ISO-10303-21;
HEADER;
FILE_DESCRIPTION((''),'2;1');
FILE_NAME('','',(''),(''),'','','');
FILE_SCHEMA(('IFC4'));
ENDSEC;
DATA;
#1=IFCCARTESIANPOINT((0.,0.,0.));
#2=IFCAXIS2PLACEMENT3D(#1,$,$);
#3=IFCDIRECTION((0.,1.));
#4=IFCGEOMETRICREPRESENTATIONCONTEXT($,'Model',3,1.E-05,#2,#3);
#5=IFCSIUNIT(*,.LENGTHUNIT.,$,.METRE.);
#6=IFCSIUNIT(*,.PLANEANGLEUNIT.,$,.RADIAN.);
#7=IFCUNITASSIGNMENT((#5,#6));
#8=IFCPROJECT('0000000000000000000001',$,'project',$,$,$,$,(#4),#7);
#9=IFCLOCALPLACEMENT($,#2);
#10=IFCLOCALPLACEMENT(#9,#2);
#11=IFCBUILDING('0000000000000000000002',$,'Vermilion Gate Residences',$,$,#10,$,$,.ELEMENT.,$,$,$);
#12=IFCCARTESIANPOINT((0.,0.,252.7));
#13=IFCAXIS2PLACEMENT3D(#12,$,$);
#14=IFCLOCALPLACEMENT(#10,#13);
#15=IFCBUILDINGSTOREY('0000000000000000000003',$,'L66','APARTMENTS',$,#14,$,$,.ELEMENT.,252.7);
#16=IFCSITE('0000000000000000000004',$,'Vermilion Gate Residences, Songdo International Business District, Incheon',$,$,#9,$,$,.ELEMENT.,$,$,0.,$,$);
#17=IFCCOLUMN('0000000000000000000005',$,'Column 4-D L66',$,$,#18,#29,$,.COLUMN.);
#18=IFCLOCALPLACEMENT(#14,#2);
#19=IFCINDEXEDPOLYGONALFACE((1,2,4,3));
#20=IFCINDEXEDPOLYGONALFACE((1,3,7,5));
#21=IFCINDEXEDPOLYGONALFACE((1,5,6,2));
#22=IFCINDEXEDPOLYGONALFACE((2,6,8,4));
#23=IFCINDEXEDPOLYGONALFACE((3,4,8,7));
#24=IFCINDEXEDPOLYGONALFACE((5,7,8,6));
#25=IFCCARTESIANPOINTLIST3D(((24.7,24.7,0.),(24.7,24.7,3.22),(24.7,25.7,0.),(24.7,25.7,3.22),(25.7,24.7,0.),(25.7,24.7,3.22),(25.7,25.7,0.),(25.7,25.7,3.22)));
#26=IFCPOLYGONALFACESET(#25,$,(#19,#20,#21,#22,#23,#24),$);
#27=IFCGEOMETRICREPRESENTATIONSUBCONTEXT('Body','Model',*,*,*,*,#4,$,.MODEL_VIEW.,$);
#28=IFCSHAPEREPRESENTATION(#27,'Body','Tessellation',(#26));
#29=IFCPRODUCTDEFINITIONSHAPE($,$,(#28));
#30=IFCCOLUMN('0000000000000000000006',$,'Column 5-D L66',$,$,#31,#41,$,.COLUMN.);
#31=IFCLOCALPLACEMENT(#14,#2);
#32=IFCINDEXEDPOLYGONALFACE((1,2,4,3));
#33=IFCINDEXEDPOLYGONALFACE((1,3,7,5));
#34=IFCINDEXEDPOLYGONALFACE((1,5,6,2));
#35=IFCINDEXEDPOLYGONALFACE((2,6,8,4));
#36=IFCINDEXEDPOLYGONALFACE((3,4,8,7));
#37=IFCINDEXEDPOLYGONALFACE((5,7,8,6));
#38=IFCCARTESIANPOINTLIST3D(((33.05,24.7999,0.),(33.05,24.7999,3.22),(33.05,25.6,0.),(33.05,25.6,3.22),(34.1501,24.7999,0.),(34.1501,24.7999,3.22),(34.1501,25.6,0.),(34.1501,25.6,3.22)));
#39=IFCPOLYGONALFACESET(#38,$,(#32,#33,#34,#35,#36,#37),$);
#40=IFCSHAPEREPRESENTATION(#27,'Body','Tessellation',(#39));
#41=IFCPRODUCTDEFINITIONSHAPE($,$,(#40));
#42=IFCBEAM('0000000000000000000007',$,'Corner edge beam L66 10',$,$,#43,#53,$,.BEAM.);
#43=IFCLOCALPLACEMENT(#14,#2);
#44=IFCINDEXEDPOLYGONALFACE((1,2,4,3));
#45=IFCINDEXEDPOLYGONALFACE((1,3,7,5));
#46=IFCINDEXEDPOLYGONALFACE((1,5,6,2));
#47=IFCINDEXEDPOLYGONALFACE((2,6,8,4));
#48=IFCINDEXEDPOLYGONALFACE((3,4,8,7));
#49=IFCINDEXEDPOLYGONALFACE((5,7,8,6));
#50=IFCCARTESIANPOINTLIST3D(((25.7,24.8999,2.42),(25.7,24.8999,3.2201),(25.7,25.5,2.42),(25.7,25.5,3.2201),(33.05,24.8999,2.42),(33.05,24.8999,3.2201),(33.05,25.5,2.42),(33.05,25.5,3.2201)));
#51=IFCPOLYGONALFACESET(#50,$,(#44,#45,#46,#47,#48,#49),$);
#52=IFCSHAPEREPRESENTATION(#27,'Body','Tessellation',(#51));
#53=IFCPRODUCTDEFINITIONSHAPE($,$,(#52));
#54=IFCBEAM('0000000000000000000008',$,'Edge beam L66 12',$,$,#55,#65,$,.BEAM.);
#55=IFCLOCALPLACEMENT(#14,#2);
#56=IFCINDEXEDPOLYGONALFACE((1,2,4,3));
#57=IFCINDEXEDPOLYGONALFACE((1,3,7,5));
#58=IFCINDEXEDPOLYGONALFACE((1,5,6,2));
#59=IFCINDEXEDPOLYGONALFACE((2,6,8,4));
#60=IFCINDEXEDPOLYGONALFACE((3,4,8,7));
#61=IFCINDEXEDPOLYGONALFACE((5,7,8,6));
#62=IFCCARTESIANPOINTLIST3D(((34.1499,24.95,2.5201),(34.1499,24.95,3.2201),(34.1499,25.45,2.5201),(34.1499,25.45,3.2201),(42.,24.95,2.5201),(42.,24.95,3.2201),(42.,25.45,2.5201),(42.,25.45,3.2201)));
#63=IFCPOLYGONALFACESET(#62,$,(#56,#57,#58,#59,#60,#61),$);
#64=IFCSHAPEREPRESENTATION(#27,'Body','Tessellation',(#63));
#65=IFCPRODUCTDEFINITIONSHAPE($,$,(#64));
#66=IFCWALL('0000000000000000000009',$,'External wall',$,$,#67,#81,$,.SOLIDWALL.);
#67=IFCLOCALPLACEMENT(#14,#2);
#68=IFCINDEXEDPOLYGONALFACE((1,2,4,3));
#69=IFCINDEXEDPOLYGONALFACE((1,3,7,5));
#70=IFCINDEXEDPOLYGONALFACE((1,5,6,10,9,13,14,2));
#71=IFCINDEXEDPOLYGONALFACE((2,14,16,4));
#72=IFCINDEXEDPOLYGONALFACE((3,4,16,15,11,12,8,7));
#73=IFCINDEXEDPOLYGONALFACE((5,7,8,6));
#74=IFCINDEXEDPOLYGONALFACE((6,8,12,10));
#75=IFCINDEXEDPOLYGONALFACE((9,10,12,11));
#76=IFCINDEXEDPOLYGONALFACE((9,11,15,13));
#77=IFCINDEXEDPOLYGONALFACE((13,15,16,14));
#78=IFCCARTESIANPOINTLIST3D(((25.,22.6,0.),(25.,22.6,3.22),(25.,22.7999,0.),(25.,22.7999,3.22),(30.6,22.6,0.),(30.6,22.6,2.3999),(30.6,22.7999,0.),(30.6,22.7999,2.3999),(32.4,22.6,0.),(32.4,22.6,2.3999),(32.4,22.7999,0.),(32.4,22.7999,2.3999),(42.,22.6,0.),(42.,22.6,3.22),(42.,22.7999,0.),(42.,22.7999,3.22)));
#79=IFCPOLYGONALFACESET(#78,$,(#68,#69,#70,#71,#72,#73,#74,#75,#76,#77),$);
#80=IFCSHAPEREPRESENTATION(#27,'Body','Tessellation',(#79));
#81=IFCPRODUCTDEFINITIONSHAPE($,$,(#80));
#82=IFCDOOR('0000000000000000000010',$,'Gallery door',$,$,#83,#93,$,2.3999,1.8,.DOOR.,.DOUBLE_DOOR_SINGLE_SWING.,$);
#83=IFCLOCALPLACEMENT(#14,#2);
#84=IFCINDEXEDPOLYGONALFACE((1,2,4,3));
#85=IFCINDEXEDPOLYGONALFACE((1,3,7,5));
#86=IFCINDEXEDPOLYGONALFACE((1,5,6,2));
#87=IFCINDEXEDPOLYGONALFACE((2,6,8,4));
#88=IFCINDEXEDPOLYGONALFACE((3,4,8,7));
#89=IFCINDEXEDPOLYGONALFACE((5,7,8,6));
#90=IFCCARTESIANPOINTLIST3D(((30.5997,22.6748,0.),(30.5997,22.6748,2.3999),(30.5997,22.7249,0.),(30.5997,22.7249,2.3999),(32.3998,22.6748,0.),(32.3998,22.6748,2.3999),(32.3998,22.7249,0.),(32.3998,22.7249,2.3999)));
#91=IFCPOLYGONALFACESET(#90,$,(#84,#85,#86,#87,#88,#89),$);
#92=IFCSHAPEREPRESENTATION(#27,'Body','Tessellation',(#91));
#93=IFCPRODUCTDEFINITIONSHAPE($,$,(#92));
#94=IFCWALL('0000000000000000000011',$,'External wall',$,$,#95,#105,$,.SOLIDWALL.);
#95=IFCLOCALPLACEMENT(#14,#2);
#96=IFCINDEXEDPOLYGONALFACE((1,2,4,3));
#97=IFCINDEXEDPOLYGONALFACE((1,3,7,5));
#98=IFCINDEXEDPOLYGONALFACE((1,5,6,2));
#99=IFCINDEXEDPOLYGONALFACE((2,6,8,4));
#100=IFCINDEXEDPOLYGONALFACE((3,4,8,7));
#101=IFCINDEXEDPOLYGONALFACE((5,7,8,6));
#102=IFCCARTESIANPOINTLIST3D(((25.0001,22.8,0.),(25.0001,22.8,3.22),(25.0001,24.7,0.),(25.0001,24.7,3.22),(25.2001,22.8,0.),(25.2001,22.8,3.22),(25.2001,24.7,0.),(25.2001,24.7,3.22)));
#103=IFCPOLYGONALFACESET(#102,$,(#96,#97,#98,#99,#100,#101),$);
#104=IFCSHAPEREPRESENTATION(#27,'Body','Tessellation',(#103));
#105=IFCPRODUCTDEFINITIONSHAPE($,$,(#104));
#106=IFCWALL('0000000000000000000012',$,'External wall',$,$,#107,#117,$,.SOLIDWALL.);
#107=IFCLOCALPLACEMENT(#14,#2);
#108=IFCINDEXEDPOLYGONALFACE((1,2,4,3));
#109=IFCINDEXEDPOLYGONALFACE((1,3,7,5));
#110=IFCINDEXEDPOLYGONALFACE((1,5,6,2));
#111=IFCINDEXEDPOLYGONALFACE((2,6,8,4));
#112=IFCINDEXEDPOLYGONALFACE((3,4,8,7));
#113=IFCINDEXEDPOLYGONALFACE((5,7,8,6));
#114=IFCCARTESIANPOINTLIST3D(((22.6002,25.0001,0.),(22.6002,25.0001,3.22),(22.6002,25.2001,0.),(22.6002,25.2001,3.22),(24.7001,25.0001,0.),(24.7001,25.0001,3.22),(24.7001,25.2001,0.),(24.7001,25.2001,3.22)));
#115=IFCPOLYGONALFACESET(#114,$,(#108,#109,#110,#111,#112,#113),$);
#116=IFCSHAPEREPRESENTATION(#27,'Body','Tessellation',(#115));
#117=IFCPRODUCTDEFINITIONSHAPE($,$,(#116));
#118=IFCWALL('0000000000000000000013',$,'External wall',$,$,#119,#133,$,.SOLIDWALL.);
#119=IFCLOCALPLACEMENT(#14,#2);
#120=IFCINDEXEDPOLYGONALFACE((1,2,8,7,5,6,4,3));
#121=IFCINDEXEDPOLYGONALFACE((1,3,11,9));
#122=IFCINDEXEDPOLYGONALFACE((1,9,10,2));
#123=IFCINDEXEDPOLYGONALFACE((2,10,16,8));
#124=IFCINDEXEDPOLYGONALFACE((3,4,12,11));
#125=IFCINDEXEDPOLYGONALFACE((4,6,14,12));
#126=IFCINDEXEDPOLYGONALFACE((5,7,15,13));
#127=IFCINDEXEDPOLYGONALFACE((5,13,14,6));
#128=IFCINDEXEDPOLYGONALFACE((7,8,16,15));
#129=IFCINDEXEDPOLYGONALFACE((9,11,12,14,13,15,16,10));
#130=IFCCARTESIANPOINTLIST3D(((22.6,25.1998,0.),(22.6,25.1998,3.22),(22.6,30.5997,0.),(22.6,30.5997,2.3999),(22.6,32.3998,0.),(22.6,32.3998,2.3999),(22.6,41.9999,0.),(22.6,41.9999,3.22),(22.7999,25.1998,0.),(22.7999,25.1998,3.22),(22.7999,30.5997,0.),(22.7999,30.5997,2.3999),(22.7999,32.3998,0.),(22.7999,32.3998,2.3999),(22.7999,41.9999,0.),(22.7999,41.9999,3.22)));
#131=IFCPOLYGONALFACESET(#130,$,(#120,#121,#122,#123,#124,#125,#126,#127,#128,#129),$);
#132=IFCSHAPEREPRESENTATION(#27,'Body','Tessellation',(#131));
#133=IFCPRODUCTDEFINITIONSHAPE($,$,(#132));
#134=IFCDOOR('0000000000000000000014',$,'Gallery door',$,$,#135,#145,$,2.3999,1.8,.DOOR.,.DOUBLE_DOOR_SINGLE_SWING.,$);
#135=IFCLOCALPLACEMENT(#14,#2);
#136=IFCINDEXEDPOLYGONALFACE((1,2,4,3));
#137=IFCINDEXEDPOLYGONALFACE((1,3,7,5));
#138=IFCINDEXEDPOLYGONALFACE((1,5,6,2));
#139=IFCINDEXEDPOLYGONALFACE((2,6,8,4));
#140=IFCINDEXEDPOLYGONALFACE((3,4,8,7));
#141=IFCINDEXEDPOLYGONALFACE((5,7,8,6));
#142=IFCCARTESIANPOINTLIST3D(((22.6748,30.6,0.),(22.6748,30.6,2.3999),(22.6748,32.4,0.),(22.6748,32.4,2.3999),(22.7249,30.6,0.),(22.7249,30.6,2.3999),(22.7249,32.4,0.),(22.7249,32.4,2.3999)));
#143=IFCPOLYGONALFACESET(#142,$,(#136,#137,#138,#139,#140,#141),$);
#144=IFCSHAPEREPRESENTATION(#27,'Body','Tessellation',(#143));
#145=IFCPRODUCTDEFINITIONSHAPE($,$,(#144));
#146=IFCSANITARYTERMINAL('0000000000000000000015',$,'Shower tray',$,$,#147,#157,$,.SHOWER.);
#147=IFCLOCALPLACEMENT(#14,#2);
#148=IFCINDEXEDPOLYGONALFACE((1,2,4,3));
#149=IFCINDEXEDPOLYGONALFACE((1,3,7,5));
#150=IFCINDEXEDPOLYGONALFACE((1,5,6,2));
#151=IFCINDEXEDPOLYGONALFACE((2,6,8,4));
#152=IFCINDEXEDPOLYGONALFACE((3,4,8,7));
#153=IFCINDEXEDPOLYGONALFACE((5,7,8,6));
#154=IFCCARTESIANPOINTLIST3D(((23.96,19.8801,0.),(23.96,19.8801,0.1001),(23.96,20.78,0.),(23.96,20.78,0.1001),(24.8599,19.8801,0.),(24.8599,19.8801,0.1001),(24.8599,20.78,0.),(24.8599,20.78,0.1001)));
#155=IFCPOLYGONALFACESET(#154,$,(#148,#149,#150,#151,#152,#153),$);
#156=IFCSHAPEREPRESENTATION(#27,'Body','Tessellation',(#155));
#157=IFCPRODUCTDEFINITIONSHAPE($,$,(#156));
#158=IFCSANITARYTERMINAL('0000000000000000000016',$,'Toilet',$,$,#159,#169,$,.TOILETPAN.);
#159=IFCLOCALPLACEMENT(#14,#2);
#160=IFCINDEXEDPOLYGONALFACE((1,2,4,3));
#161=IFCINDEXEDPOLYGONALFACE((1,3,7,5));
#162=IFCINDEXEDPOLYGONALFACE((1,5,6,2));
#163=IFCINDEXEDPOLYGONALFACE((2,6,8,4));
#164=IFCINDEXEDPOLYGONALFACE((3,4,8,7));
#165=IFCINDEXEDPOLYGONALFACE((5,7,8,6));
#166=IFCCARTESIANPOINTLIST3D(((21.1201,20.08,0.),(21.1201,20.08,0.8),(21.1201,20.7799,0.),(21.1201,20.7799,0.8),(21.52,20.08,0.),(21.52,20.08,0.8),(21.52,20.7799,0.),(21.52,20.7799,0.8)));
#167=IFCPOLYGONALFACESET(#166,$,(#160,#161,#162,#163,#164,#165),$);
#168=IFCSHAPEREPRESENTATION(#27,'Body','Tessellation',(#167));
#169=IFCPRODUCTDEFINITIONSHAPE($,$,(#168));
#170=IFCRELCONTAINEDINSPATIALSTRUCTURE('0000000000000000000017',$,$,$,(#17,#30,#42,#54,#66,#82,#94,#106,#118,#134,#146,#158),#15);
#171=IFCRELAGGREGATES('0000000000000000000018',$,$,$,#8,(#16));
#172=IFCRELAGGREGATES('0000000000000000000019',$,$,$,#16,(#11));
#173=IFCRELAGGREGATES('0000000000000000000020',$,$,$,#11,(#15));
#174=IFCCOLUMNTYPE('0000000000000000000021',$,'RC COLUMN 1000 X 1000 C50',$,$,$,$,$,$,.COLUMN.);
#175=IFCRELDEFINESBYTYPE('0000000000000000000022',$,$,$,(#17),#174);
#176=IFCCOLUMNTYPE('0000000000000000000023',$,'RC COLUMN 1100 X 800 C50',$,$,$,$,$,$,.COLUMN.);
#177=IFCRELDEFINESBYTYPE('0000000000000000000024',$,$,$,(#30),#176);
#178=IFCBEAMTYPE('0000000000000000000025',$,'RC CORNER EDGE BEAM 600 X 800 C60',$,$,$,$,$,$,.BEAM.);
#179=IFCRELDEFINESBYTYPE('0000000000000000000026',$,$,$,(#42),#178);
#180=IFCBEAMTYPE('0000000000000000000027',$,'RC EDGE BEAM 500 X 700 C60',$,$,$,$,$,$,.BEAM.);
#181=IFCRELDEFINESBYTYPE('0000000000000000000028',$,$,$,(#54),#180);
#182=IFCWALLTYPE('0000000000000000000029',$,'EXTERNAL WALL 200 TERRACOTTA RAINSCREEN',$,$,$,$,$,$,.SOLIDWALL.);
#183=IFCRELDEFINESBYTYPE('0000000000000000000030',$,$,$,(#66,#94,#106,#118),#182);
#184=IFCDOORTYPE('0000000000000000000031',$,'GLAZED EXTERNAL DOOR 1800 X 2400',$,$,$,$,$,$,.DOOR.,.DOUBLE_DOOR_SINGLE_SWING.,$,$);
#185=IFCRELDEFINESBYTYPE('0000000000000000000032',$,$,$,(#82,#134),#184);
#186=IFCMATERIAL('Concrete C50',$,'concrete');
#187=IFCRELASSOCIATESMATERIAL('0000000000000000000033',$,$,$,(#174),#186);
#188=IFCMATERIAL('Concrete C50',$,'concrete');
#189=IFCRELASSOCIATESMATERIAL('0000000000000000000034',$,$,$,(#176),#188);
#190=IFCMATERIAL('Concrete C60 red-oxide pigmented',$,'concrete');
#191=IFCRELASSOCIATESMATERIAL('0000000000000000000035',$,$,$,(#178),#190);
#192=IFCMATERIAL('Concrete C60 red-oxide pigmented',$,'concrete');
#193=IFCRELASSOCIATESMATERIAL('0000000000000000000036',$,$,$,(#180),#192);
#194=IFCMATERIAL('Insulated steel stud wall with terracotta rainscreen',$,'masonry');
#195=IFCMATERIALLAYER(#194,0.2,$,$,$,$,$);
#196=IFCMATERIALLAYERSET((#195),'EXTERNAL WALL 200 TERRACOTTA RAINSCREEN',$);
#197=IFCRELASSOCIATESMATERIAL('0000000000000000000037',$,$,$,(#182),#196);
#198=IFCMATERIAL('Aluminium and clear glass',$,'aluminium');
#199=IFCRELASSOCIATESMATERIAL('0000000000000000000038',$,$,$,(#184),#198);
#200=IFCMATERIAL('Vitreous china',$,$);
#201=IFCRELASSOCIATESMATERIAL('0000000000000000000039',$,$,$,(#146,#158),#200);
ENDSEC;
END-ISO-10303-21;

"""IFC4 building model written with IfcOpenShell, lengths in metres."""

from ifc_helpers import new_model, si_unit, direction, frame, frame_2d, origin, origin_2d, place, context, subcontext, project, spatial, rectangle, extrude, material, layer, layer_set, material_profile, profile_set, type_object, element, fill, save


model = new_model("IFC4")

# Units and contexts
model_context = context("Model", 3, precision=1e-05, world=origin(), true_north=direction((0.0, 1.0)))
body_context = subcontext(model_context, "Body", "Model", "MODEL_VIEW")
ifc_project = project(units=[si_unit("LENGTHUNIT", "METRE"), si_unit("PLANEANGLEUNIT", "RADIAN")], contexts=[model_context])

# Site, building, storey
site_placement = place(None, origin())
site = spatial("IfcSite", under=ifc_project, at=site_placement, Name="Vermilion Gate Residences, Songdo International Business District, Incheon", CompositionType="ELEMENT", RefElevation=0.0)
building_placement = place(site_placement, origin())
building = spatial("IfcBuilding", under=site, at=building_placement, Name="Vermilion Gate Residences", CompositionType="ELEMENT")
storey_placement = place(building_placement, frame((0.0, 0.0, 252.7)))
storey = spatial("IfcBuildingStorey", under=building, at=storey_placement, Name="L66", Description="APARTMENTS", CompositionType="ELEMENT", Elevation=252.7)

# Columns
ifc_material_1 = material(Name="Concrete C50", Category="concrete")
ifc_material_profile_1 = material_profile(ifc_material_1, rectangle(XDim=1.0, YDim=1.0, at=origin_2d()), Name="RC-1000x1000")
ifc_profile_set_1 = profile_set([ifc_material_profile_1], Name="Concrete C50")
column_type_1 = type_object("IfcColumnType", Name="RC COLUMN 1000 X 1000 C50", PredefinedType="COLUMN", material=ifc_profile_set_1)
column_1_placement = place(storey_placement, frame((25.2, 25.2, 0.0), z_axis=(0.0, 0.0, 1.0), x_axis=(1.0, 0.0, 0.0)))
element("IfcColumn", 1, at=column_1_placement, inside=storey, type_object=column_type_1, Name="Column 4-D L66", PredefinedType="COLUMN", context=body_context, shape_type="SweptSolid", body=[
    extrude(rectangle(XDim=1.0, YDim=1.0, at=origin_2d()), origin(), (0.0, 0.0, 1.0), 3.22),
])
ifc_material_2 = material(Name="Concrete C50", Category="concrete")
ifc_material_profile_2 = material_profile(ifc_material_2, rectangle(XDim=1.1001, YDim=0.8, at=origin_2d()), Name="RC-1100x800")
ifc_profile_set_2 = profile_set([ifc_material_profile_2], Name="Concrete C50")
column_type_2 = type_object("IfcColumnType", Name="RC COLUMN 1100 X 800 C50", PredefinedType="COLUMN", material=ifc_profile_set_2)
column_2_placement = place(storey_placement, frame((33.6001, 25.2, 0.0), z_axis=(0.0, 0.0, 1.0), x_axis=(1.0, 0.0, 0.0)))
element("IfcColumn", 2, at=column_2_placement, inside=storey, type_object=column_type_2, Name="Column 5-D L66", PredefinedType="COLUMN", context=body_context, shape_type="SweptSolid", body=[
    extrude(rectangle(XDim=1.1001, YDim=0.8, at=origin_2d()), origin(), (0.0, 0.0, 1.0), 3.22),
])

# Beams
ifc_material_3 = material(Name="Concrete C60 red-oxide pigmented", Category="concrete")
ifc_material_profile_3 = material_profile(ifc_material_3, rectangle(XDim=0.6001, YDim=0.8, at=origin_2d()), Name="RC-600x800")
ifc_profile_set_3 = profile_set([ifc_material_profile_3], Name="Concrete C60 red-oxide pigmented")
beam_type_1 = type_object("IfcBeamType", Name="RC CORNER EDGE BEAM 600 X 800 C60", PredefinedType="BEAM", material=ifc_profile_set_3)
beam_1_placement = place(storey_placement, frame((25.7, 25.2, 2.8201), z_axis=(1.0, 0.0, 0.0), x_axis=(0.0, 1.0, 0.0)))
element("IfcBeam", 3, at=beam_1_placement, inside=storey, type_object=beam_type_1, Name="Corner edge beam L66 10", PredefinedType="BEAM", context=body_context, shape_type="SweptSolid", body=[
    extrude(rectangle(XDim=0.6001, YDim=0.8, at=origin_2d()), origin(), (0.0, 0.0, 1.0), 7.3501),
])
ifc_material_4 = material(Name="Concrete C60 red-oxide pigmented", Category="concrete")
ifc_material_profile_4 = material_profile(ifc_material_4, rectangle(XDim=0.5, YDim=0.7, at=origin_2d()), Name="RC-500x700")
ifc_profile_set_4 = profile_set([ifc_material_profile_4], Name="Concrete C60 red-oxide pigmented")
beam_type_2 = type_object("IfcBeamType", Name="RC EDGE BEAM 500 X 700 C60", PredefinedType="BEAM", material=ifc_profile_set_4)
beam_2_placement = place(storey_placement, frame((34.1499, 25.2, 2.8701), z_axis=(1.0, 0.0, 0.0), x_axis=(0.0, 1.0, 0.0)))
element("IfcBeam", 4, at=beam_2_placement, inside=storey, type_object=beam_type_2, Name="Edge beam L66 12", PredefinedType="BEAM", context=body_context, shape_type="SweptSolid", body=[
    extrude(rectangle(XDim=0.5, YDim=0.7, at=origin_2d()), origin(), (0.0, 0.0, 1.0), 7.8501),
])

# Wall, opening, door
ifc_material_5 = material(Name="Insulated steel stud wall with terracotta rainscreen", Category="masonry")
ifc_layer = layer(ifc_material_5, 0.2)
ifc_layer_set = layer_set([ifc_layer], Name="EXTERNAL WALL 200 TERRACOTTA RAINSCREEN")
wall_type = type_object("IfcWallType", Name="EXTERNAL WALL 200 TERRACOTTA RAINSCREEN", PredefinedType="SOLIDWALL", material=ifc_layer_set)
wall_1_placement = place(storey_placement, frame((42.0, 22.7, 0.0), z_axis=(0.0, 0.0, 1.0), x_axis=(-1.0, 0.0, 0.0)))
wall_1 = element("IfcWall", 5, at=wall_1_placement, inside=storey, type_object=wall_type, Name="External wall", PredefinedType="SOLIDWALL", context=body_context, shape_type="SweptSolid", body=[
    extrude(rectangle(XDim=17.0, YDim=0.2, at=frame_2d((8.5, 0.0))), origin(), (0.0, 0.0, 1.0), 3.22),
])
opening_1_placement = place(wall_1_placement, frame((9.6001, 0.0, 0.0)))
opening_1 = element("IfcOpeningElement", 6, at=opening_1_placement, cuts=wall_1, PredefinedType="OPENING", context=body_context, shape_type="SweptSolid", body=[
    extrude(rectangle(XDim=1.8, YDim=2.3999, at=frame_2d((0.8999, 1.2))), frame((0.0, 0.1099, 0.0), z_axis=(0.0, -1.0, 0.0), x_axis=(1.0, 0.0, 0.0)), (0.0, 0.0, 1.0), 0.22),
])
ifc_material_6 = material(Name="Aluminium and clear glass", Category="aluminium")
door_type = type_object("IfcDoorType", Name="GLAZED EXTERNAL DOOR 1800 X 2400", OperationType="DOUBLE_DOOR_SINGLE_SWING", PredefinedType="DOOR", material=ifc_material_6)
door_1_placement = place(opening_1_placement, frame((1.8, 0.0, 0.0), z_axis=(0.0, 0.0, 1.0), x_axis=(-1.0, 0.0, 0.0)))
door_1 = element("IfcDoor", 7, at=door_1_placement, inside=storey, type_object=door_type, Name="Gallery door", OperationType="DOUBLE_DOOR_SINGLE_SWING", OverallHeight=2.3999, OverallWidth=1.8, PredefinedType="DOOR", context=body_context, shape_type="SweptSolid", body=[
    extrude(rectangle(XDim=1.8, YDim=2.3999, at=frame_2d((0.8999, 1.2))), frame((0.0, 0.0249, 0.0), z_axis=(0.0, -1.0, 0.0), x_axis=(1.0, 0.0, 0.0)), (0.0, 0.0, 1.0), 0.05),
])
fill(opening_1, door_1)

# Walls
wall_2_placement = place(storey_placement, frame((25.1001, 22.8, 0.0), z_axis=(0.0, 0.0, 1.0), x_axis=(0.0, 1.0, 0.0)))
element("IfcWall", 8, at=wall_2_placement, inside=storey, type_object=wall_type, Name="External wall", PredefinedType="SOLIDWALL", context=body_context, shape_type="SweptSolid", body=[
    extrude(rectangle(XDim=1.8999, YDim=0.2, at=frame_2d((0.95, 0.0))), origin(), (0.0, 0.0, 1.0), 3.22),
])
wall_3_placement = place(storey_placement, frame((24.7, 25.1001, 0.0), z_axis=(0.0, 0.0, 1.0), x_axis=(-1.0, 0.0, 0.0)))
element("IfcWall", 9, at=wall_3_placement, inside=storey, type_object=wall_type, Name="External wall", PredefinedType="SOLIDWALL", context=body_context, shape_type="SweptSolid", body=[
    extrude(rectangle(XDim=2.0999, YDim=0.2, at=frame_2d((1.0498, 0.0))), origin(), (0.0, 0.0, 1.0), 3.22),
])

# Wall, opening, door
wall_4_placement = place(storey_placement, frame((22.7, 25.2, 0.0), z_axis=(0.0, 0.0, 1.0), x_axis=(0.0, 1.0, 0.0)))
wall_4 = element("IfcWall", 10, at=wall_4_placement, inside=storey, type_object=wall_type, Name="External wall", PredefinedType="SOLIDWALL", context=body_context, shape_type="SweptSolid", body=[
    extrude(rectangle(XDim=16.8, YDim=0.2, at=frame_2d((8.3999, 0.0))), origin(), (0.0, 0.0, 1.0), 3.22),
])
opening_2_placement = place(wall_4_placement, frame((5.3999, 0.0, 0.0)))
opening_2 = element("IfcOpeningElement", 11, at=opening_2_placement, cuts=wall_4, PredefinedType="OPENING", context=body_context, shape_type="SweptSolid", body=[
    extrude(rectangle(XDim=1.8, YDim=2.3999, at=frame_2d((0.8999, 1.2))), frame((0.0, 0.1099, 0.0), z_axis=(0.0, -1.0, 0.0), x_axis=(1.0, 0.0, 0.0)), (0.0, 0.0, 1.0), 0.22),
])
door_2_placement = place(opening_2_placement, frame((1.8, 0.0, 0.0), z_axis=(0.0, 0.0, 1.0), x_axis=(-1.0, 0.0, 0.0)))
door_2 = element("IfcDoor", 12, at=door_2_placement, inside=storey, type_object=door_type, Name="Gallery door", OperationType="DOUBLE_DOOR_SINGLE_SWING", OverallHeight=2.3999, OverallWidth=1.8, PredefinedType="DOOR", context=body_context, shape_type="SweptSolid", body=[
    extrude(rectangle(XDim=1.8, YDim=2.3999, at=frame_2d((0.8999, 1.2))), frame((0.0, 0.0249, 0.0), z_axis=(0.0, -1.0, 0.0), x_axis=(1.0, 0.0, 0.0)), (0.0, 0.0, 1.0), 0.05),
])
fill(opening_2, door_2)

# Sanitary terminals
ifc_material_7 = material(Name="Vitreous china")
sanitary_terminal_1_placement = place(storey_placement, frame((24.4099, 20.3301, 0.0), z_axis=(0.0, 0.0, 1.0), x_axis=(1.0, 0.0, 0.0)))
element("IfcSanitaryTerminal", 13, at=sanitary_terminal_1_placement, inside=storey, material=ifc_material_7, Name="Shower tray", PredefinedType="SHOWER", context=body_context, shape_type="SweptSolid", body=[
    extrude(rectangle(XDim=0.8999, YDim=0.8999, at=origin_2d()), origin(), (0.0, 0.0, 1.0), 0.1001),
])
sanitary_terminal_2_placement = place(storey_placement, frame((21.3201, 20.4299, 0.0), z_axis=(0.0, 0.0, 1.0), x_axis=(1.0, 0.0, 0.0)))
element("IfcSanitaryTerminal", 14, at=sanitary_terminal_2_placement, inside=storey, material=ifc_material_7, Name="Toilet", PredefinedType="TOILETPAN", context=body_context, shape_type="SweptSolid", body=[
    extrude(rectangle(XDim=0.3999, YDim=0.7, at=origin_2d()), origin(), (0.0, 0.0, 1.0), 0.8),
])

save(model, "model.ifc")
